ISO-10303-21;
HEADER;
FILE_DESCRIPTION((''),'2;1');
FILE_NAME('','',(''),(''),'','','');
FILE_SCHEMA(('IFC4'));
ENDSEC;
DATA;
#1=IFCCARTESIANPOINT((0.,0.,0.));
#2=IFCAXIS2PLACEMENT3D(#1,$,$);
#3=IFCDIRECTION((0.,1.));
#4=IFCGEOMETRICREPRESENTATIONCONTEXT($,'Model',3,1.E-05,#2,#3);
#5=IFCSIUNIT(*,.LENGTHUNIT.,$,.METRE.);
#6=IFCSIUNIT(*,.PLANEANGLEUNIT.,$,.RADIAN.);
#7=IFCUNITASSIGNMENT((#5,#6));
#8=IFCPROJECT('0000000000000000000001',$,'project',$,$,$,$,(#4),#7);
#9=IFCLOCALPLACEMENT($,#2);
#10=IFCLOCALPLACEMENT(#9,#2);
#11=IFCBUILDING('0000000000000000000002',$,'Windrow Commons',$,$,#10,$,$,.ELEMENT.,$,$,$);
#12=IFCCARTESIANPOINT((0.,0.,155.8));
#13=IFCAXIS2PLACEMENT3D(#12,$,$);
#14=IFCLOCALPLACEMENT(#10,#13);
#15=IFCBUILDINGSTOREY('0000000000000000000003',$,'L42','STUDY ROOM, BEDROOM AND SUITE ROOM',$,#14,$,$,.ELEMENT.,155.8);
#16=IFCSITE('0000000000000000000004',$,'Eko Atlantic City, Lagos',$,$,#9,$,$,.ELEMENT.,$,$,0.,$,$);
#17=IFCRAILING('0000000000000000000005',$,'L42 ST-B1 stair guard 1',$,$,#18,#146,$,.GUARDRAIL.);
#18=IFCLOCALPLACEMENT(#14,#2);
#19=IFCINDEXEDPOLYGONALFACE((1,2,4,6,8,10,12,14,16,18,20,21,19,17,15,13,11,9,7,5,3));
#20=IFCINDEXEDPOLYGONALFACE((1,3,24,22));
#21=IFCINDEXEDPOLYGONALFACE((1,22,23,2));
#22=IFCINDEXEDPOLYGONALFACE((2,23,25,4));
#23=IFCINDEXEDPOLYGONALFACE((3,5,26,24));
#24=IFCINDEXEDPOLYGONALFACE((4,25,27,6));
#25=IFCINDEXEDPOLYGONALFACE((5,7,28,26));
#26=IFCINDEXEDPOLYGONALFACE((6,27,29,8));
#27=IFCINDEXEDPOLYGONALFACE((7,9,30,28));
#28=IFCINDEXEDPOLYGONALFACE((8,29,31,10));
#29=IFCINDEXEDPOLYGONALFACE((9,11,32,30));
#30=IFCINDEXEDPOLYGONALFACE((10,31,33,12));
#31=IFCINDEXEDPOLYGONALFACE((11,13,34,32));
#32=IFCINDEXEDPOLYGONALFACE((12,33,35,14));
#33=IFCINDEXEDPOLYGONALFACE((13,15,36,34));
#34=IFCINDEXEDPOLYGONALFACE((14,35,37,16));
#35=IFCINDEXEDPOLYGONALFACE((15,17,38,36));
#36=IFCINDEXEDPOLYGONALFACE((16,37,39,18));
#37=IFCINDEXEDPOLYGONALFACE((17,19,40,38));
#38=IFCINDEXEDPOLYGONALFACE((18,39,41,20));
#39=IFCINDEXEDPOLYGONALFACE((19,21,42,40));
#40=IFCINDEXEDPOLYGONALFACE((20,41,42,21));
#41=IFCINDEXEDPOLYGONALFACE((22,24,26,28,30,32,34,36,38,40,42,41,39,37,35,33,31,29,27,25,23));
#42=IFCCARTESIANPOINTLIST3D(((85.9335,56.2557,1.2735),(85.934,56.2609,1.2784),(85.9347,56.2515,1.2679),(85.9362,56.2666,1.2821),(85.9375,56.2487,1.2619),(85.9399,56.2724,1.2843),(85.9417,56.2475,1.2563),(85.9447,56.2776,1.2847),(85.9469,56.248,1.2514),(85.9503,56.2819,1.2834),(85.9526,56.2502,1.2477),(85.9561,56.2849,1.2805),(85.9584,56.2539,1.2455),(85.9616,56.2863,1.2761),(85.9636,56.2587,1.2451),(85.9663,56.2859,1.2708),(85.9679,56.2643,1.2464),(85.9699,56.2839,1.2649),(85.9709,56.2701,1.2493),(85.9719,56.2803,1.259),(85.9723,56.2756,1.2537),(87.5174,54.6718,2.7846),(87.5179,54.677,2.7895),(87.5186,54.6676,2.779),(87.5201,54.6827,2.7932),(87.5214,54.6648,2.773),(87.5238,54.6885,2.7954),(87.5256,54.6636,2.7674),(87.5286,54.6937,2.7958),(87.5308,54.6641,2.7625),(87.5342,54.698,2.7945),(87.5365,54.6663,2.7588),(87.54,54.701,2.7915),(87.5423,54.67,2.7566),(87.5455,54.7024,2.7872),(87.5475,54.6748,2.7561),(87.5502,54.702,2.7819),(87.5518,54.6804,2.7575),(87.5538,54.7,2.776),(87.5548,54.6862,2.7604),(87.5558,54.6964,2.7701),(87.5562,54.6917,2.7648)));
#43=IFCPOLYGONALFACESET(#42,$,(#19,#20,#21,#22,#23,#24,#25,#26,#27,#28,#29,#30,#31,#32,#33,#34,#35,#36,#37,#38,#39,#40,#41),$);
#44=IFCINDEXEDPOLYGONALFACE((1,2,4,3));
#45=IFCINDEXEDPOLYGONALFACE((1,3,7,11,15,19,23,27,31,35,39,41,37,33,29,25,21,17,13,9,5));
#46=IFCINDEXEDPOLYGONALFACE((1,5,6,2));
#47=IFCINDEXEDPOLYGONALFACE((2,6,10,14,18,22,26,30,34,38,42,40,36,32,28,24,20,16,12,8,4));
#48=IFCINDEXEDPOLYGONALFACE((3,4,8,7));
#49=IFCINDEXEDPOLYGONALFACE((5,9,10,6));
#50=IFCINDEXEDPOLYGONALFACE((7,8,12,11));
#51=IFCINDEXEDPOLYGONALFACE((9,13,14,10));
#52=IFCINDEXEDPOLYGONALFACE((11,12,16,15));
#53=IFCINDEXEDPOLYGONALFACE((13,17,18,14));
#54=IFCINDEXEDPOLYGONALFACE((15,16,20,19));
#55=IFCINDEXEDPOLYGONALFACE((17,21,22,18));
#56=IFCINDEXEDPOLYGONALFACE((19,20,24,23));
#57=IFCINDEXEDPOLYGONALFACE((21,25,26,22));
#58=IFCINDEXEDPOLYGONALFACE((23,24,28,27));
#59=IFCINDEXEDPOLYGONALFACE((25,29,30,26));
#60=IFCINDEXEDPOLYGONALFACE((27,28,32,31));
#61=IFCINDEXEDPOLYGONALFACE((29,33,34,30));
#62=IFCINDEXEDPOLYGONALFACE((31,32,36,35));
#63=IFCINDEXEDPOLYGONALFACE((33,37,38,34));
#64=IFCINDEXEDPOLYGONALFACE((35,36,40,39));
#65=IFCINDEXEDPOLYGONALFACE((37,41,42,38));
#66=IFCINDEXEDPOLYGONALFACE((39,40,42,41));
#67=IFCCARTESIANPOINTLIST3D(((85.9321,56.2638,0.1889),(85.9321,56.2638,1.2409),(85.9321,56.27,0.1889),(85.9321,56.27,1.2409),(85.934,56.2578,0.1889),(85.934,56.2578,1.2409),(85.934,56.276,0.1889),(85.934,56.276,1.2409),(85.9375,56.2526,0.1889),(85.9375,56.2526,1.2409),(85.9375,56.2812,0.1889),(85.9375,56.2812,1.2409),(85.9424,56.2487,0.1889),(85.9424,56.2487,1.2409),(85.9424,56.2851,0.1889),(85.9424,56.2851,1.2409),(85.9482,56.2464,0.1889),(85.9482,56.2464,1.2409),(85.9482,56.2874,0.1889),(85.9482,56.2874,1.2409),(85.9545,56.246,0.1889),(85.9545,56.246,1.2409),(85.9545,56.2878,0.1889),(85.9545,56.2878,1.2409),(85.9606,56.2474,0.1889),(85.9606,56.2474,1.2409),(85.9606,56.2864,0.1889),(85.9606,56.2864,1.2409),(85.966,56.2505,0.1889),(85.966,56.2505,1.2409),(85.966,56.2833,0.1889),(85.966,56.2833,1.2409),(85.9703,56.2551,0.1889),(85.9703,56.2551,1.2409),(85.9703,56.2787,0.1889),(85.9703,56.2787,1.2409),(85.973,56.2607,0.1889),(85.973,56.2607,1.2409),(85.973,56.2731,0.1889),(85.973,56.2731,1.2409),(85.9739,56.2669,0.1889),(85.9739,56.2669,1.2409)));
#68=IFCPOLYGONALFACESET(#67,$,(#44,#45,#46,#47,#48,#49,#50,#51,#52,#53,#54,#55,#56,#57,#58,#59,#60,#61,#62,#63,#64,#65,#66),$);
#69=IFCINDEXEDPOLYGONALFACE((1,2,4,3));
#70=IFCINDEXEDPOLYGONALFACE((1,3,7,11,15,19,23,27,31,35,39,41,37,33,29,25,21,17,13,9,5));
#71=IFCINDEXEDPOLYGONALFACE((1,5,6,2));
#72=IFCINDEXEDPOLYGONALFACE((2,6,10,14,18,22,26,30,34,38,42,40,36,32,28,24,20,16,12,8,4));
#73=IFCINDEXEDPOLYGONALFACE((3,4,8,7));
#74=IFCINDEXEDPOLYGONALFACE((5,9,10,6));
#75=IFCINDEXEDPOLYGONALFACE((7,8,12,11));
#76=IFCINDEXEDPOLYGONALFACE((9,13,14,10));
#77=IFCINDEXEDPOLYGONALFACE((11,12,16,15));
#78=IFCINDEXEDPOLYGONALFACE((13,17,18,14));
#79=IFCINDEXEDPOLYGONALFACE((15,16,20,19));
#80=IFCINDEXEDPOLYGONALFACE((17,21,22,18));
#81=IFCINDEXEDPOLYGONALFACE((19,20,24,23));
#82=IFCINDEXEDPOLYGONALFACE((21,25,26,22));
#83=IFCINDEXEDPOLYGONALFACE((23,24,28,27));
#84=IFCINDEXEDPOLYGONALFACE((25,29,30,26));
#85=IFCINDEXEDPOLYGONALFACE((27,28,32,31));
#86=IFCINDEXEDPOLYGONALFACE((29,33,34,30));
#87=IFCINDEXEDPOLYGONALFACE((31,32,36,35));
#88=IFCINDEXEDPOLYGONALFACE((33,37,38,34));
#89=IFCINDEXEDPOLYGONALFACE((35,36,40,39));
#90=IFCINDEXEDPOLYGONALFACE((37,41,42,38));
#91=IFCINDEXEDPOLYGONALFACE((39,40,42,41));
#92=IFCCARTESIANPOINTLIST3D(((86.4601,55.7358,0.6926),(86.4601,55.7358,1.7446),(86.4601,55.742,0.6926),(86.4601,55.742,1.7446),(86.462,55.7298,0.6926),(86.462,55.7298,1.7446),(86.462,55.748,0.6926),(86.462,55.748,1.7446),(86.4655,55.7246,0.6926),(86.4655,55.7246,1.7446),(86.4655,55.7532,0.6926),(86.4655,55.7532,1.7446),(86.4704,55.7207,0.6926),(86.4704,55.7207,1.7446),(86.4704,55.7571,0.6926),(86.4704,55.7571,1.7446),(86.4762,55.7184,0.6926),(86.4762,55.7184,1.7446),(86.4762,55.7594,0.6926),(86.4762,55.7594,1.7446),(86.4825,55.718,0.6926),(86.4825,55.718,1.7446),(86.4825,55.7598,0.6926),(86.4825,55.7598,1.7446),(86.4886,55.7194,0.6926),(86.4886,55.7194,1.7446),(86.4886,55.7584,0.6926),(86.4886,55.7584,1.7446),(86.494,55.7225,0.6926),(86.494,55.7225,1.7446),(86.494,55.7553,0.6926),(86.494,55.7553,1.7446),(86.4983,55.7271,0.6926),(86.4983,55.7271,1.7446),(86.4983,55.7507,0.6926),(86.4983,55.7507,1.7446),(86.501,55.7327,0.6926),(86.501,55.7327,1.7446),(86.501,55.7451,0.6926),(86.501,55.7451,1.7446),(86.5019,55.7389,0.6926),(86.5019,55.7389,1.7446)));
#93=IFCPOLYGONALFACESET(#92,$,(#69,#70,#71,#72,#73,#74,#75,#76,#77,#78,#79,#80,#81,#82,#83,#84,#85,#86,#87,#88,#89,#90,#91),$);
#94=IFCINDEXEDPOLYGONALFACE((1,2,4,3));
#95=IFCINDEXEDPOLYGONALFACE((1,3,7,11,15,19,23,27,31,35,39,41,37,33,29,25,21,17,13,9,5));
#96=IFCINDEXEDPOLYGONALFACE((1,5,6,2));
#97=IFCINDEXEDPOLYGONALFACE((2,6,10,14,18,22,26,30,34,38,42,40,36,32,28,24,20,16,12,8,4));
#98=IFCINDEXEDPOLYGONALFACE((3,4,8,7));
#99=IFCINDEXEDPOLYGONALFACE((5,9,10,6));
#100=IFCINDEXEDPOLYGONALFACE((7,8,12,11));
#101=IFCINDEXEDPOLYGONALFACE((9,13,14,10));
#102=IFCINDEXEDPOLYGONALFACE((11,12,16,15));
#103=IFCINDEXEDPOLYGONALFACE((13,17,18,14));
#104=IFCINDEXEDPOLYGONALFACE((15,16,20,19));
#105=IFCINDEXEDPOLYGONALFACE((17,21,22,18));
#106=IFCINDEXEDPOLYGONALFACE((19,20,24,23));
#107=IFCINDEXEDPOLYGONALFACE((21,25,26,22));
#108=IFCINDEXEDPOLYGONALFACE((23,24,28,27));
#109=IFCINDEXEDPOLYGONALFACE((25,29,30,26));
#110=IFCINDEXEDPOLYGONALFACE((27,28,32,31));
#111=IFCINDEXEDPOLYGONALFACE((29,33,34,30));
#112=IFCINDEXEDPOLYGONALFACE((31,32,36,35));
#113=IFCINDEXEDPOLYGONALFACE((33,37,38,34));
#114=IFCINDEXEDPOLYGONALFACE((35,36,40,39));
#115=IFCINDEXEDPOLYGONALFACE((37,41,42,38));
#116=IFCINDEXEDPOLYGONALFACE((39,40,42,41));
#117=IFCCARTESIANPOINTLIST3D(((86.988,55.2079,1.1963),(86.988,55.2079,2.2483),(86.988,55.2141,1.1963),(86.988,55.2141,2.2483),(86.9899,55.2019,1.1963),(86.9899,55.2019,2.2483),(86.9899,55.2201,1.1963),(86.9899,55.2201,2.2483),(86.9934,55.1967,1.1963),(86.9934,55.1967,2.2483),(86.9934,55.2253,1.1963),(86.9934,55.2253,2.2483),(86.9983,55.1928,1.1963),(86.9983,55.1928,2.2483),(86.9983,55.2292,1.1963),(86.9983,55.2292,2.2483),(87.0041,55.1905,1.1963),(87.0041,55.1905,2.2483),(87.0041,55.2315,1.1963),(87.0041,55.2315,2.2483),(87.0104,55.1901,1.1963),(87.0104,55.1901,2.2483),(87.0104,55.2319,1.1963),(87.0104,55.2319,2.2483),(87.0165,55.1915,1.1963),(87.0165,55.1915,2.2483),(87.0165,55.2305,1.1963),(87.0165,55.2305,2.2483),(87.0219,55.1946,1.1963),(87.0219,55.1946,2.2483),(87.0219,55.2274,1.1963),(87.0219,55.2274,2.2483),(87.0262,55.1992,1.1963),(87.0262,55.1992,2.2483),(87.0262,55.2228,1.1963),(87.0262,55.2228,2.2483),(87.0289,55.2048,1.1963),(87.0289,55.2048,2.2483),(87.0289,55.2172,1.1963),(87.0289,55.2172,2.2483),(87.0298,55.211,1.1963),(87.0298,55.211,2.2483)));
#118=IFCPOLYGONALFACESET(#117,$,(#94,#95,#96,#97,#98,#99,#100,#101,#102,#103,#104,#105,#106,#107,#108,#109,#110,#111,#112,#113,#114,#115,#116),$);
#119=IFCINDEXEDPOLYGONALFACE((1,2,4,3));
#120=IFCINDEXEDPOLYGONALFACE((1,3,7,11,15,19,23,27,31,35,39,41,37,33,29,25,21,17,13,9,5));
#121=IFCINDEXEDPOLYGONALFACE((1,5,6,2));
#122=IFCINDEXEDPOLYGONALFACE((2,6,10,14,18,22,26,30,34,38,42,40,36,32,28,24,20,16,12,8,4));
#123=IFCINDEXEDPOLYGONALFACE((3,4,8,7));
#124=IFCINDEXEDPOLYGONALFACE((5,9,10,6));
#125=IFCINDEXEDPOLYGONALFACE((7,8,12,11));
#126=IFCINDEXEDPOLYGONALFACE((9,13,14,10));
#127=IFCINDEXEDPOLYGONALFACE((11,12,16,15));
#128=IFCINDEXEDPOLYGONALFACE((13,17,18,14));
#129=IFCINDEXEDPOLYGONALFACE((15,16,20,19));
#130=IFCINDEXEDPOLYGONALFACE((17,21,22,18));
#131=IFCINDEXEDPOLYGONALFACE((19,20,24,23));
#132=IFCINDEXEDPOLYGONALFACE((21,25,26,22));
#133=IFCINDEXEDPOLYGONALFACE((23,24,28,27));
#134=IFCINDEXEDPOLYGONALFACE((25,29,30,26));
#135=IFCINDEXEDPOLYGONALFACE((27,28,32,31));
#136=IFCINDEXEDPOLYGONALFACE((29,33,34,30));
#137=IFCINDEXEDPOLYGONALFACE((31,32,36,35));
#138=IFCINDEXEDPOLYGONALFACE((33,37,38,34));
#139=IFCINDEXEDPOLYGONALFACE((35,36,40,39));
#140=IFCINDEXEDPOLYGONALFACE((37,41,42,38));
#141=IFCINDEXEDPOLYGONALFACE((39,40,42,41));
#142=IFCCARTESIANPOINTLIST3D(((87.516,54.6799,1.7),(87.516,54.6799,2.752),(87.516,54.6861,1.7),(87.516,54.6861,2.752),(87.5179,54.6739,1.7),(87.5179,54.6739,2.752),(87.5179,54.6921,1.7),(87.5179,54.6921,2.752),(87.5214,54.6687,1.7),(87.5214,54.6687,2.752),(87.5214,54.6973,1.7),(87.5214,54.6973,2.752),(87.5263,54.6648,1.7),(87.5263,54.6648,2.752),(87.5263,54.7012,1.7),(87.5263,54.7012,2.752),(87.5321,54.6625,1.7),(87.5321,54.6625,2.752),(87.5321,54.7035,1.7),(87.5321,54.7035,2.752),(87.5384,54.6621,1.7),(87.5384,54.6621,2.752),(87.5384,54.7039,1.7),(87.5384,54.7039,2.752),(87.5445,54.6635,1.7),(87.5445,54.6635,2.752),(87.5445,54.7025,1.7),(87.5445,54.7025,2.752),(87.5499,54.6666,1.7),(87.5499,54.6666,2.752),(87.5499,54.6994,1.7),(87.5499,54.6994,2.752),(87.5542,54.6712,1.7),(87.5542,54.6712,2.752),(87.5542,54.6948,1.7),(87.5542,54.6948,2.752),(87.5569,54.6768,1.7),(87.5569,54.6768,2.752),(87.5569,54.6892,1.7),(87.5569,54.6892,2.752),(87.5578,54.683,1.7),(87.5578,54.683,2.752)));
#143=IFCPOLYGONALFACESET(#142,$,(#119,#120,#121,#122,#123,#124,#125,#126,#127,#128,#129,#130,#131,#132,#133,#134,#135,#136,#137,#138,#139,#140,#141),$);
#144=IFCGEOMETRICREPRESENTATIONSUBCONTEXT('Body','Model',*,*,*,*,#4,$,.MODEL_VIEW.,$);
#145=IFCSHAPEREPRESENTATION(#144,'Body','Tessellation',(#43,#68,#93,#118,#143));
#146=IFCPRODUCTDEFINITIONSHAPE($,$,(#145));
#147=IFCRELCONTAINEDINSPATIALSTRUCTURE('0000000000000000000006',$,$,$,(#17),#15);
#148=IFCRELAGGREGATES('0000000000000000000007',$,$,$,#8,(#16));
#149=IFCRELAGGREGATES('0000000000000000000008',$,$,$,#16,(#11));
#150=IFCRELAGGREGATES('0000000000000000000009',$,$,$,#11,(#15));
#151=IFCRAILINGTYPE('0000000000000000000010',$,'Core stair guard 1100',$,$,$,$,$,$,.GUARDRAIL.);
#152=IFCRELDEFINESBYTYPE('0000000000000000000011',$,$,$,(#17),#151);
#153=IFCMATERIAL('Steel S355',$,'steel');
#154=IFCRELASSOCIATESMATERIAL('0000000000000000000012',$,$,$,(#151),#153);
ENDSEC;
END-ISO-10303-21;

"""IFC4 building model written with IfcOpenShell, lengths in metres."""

from ifc_helpers import new_model, si_unit, direction, frame, origin, origin_2d, place, context, subcontext, project, spatial, circle, extrude, material, type_object, element, save


model = new_model("IFC4")

# Units and contexts
model_context = context("Model", 3, precision=1e-05, world=origin(), true_north=direction((0.0, 1.0)))
body_context = subcontext(model_context, "Body", "Model", "MODEL_VIEW")
ifc_project = project(units=[si_unit("LENGTHUNIT", "METRE"), si_unit("PLANEANGLEUNIT", "RADIAN")], contexts=[model_context])

# Site, building, storey
site_placement = place(None, origin())
site = spatial("IfcSite", under=ifc_project, at=site_placement, Name="Eko Atlantic City, Lagos", CompositionType="ELEMENT", RefElevation=0.0)
building_placement = place(site_placement, origin())
building = spatial("IfcBuilding", under=site, at=building_placement, Name="Windrow Commons", CompositionType="ELEMENT")
storey_placement = place(building_placement, frame((0.0, 0.0, 155.8)))
storey = spatial("IfcBuildingStorey", under=building, at=storey_placement, Name="L42", Description="STUDY ROOM, BEDROOM AND SUITE ROOM", CompositionType="ELEMENT", Elevation=155.8)

# Railing
ifc_material_1 = material(Name="Steel S355", Category="steel")
railing_type_1 = type_object("IfcRailingType", Name="Core stair guard 1100", PredefinedType="GUARDRAIL", material=ifc_material_1)
railing_1_placement = place(storey_placement, frame((85.9529, 56.2669, 0.1889)))
element("IfcRailing", 1, at=railing_1_placement, inside=storey, type_object=railing_type_1, Name="L42 ST-B1 stair guard 1", PredefinedType="GUARDRAIL", context=body_context, shape_type="SweptSolid", body=[
    extrude(circle(Radius=0.024, at=origin_2d()), frame((0.0, 0.0, 1.076), z_axis=(0.586191, -0.586191, 0.559249), x_axis=(0.707107, 0.707107, 0.0)), (0.0, 0.0, 1.0), 2.702),
    extrude(circle(Radius=0.021, at=origin_2d()), origin(), (0.0, 0.0, 1.0), 1.052),
    extrude(circle(Radius=0.021, at=origin_2d()), frame((0.528, -0.528, 0.5037)), (0.0, 0.0, 1.0), 1.052),
    extrude(circle(Radius=0.021, at=origin_2d()), frame((1.0559, -1.0559, 1.0074)), (0.0, 0.0, 1.0), 1.052),
    extrude(circle(Radius=0.021, at=origin_2d()), frame((1.5839, -1.5839, 1.5111)), (0.0, 0.0, 1.0), 1.052),
])

save(model, "model.ifc")
